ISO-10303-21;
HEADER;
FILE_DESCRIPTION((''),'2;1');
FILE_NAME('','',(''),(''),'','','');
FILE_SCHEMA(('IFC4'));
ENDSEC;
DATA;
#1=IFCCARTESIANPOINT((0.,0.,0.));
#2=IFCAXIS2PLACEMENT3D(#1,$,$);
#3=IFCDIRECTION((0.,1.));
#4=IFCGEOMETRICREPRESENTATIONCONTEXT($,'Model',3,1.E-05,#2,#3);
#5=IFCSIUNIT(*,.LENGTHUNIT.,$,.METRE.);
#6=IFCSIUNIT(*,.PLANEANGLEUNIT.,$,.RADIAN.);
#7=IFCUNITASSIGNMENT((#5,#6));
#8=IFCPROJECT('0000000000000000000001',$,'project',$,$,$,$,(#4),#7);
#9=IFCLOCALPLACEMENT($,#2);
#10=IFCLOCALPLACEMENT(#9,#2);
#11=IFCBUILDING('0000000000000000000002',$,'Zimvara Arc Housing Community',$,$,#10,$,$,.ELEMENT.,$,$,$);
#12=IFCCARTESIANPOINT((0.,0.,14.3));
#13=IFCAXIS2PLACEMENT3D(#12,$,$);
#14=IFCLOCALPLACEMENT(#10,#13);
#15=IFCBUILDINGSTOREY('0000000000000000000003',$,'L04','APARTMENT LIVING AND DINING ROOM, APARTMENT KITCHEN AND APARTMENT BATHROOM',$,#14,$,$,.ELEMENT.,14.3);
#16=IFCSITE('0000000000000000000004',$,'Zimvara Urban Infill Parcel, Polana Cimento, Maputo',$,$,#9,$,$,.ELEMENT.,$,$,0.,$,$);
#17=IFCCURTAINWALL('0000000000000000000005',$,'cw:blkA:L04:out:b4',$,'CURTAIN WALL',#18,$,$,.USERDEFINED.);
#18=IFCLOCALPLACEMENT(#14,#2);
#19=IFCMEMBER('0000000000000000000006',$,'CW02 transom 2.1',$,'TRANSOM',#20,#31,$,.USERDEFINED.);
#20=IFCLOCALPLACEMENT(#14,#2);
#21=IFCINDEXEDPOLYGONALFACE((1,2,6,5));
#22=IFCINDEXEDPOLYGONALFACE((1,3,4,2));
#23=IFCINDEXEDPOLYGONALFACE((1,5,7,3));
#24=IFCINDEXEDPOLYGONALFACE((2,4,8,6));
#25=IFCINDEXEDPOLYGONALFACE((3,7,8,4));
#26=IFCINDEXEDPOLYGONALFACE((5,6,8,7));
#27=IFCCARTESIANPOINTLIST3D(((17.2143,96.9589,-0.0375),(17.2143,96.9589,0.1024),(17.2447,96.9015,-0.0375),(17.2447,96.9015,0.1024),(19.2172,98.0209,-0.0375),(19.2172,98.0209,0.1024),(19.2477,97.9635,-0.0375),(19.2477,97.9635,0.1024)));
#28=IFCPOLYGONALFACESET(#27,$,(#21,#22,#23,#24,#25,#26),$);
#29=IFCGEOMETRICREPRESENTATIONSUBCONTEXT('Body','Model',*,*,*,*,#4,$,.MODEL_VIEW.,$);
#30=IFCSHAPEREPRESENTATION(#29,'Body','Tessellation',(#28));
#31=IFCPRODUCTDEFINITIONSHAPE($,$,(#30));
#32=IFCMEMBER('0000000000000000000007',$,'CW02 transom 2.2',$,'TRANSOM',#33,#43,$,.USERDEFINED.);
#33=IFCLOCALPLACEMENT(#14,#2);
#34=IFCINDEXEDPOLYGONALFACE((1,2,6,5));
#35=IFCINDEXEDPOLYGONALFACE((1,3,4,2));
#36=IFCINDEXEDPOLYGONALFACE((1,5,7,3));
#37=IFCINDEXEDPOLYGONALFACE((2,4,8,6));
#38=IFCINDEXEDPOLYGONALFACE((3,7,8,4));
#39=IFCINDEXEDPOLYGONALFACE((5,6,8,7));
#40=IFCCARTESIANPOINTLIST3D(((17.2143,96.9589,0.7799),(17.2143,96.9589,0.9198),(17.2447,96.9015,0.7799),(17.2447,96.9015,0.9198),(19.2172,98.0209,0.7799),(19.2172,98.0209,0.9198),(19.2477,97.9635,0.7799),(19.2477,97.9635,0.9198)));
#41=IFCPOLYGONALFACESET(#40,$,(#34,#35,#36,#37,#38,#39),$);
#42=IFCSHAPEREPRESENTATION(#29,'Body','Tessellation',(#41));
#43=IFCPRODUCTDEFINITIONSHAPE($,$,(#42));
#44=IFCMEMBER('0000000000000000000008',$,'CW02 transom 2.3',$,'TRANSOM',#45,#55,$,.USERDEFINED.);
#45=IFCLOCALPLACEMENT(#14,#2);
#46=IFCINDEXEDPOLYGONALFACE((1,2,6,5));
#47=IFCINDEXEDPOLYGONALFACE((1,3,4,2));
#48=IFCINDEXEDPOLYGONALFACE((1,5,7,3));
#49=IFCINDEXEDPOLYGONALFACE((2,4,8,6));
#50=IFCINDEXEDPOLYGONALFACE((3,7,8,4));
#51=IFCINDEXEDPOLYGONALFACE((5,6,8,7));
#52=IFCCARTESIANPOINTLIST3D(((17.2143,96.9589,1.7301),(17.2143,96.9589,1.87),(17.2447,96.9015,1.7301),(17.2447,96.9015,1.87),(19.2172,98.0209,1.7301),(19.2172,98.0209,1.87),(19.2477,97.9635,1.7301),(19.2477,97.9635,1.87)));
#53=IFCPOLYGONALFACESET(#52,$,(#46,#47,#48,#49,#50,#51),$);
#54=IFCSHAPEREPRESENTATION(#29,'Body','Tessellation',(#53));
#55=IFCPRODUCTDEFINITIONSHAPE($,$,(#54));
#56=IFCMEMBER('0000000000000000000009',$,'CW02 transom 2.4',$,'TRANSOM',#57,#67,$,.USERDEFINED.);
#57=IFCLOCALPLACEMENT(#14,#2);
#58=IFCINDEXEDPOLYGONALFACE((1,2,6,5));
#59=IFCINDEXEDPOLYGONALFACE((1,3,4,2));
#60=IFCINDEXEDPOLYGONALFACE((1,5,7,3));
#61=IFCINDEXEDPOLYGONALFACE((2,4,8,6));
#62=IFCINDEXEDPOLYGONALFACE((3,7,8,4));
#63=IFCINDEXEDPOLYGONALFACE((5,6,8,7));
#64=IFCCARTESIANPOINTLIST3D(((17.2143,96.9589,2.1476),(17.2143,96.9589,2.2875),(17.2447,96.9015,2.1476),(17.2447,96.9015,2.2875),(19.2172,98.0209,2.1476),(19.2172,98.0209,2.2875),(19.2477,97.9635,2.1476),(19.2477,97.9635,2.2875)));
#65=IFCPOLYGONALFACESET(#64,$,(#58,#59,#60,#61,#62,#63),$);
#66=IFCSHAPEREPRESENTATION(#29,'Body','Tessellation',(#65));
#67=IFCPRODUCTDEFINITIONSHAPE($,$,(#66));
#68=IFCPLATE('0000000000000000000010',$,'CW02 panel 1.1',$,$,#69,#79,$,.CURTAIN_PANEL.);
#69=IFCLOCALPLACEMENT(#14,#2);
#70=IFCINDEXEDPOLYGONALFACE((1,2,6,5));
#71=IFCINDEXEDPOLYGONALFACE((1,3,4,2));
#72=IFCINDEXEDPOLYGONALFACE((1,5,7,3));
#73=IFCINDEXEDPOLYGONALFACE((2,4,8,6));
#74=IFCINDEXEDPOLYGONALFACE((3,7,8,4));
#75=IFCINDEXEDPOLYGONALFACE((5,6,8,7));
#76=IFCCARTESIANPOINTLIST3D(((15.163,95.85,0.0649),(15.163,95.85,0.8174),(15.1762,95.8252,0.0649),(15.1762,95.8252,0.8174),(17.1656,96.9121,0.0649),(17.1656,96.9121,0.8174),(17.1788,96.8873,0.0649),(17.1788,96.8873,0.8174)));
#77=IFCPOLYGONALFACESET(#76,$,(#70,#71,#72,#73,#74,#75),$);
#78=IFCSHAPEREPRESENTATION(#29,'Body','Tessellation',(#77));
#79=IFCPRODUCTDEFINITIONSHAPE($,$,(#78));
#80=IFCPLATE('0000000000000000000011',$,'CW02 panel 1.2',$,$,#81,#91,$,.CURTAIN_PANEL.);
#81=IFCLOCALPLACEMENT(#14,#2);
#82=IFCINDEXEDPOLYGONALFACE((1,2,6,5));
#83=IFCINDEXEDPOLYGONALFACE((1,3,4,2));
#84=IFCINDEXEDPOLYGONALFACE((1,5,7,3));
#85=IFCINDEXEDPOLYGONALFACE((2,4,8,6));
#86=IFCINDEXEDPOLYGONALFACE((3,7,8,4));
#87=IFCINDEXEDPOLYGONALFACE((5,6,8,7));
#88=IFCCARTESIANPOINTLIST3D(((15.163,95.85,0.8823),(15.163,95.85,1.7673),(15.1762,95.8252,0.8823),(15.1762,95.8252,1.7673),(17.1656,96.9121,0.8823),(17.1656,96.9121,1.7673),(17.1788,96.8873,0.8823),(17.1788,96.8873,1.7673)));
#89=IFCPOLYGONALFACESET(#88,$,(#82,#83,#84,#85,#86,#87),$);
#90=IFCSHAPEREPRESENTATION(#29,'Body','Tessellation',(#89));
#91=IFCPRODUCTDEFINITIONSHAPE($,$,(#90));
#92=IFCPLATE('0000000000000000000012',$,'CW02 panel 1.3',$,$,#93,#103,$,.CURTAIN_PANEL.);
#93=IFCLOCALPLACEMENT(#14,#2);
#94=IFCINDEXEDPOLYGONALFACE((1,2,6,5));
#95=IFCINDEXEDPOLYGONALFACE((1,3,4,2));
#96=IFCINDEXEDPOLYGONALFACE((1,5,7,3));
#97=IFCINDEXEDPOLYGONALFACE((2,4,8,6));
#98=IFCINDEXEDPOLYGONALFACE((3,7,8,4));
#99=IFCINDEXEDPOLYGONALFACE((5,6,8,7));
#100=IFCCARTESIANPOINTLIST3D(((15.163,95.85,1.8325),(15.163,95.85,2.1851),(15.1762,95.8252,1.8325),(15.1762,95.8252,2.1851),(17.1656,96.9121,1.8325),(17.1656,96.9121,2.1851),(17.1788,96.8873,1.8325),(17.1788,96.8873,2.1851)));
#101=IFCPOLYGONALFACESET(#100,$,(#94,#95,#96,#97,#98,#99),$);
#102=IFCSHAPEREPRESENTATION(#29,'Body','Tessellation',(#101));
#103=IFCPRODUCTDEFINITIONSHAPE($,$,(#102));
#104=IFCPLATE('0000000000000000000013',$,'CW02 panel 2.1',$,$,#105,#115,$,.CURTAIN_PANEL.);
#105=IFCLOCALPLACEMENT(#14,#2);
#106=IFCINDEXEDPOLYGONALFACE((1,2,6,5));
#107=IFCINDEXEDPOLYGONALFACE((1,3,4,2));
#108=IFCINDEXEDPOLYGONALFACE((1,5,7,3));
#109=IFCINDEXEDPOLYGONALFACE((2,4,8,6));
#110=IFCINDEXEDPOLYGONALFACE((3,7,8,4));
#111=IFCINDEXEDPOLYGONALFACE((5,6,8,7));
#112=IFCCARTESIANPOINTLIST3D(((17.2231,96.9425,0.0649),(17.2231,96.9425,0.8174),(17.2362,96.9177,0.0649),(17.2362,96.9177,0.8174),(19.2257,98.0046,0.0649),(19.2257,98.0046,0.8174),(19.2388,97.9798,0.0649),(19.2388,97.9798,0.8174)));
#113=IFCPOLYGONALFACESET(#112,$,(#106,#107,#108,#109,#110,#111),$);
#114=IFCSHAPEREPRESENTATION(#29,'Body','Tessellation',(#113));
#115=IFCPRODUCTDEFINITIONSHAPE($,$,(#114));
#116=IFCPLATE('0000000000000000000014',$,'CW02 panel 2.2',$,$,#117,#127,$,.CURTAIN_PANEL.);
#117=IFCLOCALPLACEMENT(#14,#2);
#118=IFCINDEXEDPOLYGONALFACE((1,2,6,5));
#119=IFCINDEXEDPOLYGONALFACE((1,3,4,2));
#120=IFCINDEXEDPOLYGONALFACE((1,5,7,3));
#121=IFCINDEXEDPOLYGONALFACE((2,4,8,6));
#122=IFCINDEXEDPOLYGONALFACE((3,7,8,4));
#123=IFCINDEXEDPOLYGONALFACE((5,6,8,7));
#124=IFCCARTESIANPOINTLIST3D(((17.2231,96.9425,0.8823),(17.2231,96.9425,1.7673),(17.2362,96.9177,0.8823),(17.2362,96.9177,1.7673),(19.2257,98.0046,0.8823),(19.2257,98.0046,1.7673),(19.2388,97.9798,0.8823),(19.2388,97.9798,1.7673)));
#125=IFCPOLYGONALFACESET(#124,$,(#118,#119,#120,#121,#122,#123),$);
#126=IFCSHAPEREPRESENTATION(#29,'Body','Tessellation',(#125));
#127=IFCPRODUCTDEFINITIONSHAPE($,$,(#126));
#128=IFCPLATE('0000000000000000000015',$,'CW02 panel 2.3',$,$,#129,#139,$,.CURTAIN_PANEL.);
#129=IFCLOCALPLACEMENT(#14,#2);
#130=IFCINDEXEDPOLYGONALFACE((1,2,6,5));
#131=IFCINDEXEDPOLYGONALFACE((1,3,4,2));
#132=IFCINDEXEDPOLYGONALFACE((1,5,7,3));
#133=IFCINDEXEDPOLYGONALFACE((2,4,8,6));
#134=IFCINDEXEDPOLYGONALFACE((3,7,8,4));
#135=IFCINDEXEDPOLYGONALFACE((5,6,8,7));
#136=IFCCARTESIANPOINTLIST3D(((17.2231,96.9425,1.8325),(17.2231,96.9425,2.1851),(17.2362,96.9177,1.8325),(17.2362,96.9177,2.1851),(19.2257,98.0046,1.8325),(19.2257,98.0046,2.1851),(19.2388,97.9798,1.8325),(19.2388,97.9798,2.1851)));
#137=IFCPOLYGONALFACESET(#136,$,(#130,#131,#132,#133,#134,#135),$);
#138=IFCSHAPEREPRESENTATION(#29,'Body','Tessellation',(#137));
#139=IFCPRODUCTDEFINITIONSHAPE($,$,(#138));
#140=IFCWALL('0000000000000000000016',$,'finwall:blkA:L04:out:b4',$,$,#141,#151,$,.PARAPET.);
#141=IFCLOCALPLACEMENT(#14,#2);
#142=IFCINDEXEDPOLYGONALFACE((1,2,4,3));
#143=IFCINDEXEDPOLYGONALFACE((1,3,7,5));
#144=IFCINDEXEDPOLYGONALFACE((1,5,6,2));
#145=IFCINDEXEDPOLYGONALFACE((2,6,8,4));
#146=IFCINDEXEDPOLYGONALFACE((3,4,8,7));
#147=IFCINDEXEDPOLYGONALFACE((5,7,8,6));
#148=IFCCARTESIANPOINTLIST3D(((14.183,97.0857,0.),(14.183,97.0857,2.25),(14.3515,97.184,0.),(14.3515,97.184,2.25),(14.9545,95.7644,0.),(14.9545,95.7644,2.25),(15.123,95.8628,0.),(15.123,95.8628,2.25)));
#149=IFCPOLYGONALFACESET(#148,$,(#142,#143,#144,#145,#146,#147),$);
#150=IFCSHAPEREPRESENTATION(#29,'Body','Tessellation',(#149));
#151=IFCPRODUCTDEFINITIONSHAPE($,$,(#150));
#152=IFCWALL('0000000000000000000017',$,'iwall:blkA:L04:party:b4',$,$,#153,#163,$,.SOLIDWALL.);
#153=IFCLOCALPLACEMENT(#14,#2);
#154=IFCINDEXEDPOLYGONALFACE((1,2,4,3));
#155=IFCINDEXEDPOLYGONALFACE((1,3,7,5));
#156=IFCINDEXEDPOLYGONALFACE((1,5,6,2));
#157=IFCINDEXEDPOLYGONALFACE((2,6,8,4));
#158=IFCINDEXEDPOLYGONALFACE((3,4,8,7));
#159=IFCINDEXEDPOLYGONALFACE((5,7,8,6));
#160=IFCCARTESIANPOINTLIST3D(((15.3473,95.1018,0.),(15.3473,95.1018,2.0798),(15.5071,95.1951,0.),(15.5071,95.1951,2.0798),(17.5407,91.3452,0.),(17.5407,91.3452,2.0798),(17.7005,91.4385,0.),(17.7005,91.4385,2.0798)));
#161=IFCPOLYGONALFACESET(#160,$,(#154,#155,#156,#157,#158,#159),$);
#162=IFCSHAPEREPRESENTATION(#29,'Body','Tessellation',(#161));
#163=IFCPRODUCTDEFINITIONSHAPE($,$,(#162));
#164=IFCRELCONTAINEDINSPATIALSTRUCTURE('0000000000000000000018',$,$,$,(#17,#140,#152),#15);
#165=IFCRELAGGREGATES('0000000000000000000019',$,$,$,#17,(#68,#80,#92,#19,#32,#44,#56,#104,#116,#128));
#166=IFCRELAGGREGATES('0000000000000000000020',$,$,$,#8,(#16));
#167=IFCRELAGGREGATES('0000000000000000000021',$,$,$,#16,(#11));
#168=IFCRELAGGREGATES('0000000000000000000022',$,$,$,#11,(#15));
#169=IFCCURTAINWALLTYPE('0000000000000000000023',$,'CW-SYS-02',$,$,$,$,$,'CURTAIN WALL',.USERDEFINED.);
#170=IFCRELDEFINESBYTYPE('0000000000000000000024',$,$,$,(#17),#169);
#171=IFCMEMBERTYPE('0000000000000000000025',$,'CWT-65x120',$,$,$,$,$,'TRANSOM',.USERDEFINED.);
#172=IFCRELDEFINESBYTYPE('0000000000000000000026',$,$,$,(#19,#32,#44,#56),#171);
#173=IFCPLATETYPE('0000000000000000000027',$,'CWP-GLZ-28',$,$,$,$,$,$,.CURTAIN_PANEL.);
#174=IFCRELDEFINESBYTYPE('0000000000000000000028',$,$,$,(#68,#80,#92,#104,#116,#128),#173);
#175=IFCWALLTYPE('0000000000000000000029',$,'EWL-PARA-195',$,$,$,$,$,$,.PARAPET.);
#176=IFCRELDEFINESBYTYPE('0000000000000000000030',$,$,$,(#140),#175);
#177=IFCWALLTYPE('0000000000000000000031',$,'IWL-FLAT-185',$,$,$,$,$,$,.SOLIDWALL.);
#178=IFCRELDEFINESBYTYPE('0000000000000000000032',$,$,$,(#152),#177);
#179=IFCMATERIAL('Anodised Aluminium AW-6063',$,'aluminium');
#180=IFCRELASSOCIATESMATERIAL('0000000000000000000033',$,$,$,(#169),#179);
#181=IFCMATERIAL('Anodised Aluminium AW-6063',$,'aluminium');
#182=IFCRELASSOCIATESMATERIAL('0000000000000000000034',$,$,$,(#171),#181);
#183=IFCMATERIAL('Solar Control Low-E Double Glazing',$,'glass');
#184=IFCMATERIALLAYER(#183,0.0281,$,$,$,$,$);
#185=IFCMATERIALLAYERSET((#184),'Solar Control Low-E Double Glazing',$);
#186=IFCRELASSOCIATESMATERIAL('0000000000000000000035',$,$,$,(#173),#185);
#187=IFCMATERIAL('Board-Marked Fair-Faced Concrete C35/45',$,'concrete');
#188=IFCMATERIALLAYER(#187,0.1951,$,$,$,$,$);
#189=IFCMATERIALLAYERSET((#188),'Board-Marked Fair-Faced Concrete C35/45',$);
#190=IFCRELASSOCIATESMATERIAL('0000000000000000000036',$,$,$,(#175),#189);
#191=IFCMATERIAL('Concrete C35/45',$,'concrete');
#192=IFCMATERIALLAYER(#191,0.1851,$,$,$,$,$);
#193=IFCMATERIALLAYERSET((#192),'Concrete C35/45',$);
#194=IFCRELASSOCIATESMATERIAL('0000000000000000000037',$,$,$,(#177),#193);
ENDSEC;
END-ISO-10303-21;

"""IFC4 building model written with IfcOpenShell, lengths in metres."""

from ifc_helpers import new_model, si_unit, direction, frame, frame_2d, origin, origin_2d, place, context, subcontext, project, spatial, rectangle, extrude, material, layer, layer_set, material_profile, profile_set, type_object, element, aggregate, save


model = new_model("IFC4")

# Units and contexts
model_context = context("Model", 3, precision=1e-05, world=origin(), true_north=direction((0.0, 1.0)))
body_context = subcontext(model_context, "Body", "Model", "MODEL_VIEW")
ifc_project = project(units=[si_unit("LENGTHUNIT", "METRE"), si_unit("PLANEANGLEUNIT", "RADIAN")], contexts=[model_context])

# Site, building, storey
site_placement = place(None, origin())
site = spatial("IfcSite", under=ifc_project, at=site_placement, Name="Zimvara Urban Infill Parcel, Polana Cimento, Maputo", CompositionType="ELEMENT", RefElevation=0.0)
building_placement = place(site_placement, origin())
building = spatial("IfcBuilding", under=site, at=building_placement, Name="Zimvara Arc Housing Community", CompositionType="ELEMENT")
storey_placement = place(building_placement, frame((0.0, 0.0, 14.3)))
storey = spatial("IfcBuildingStorey", under=building, at=storey_placement, Name="L04", Description="APARTMENT LIVING AND DINING ROOM, APARTMENT KITCHEN AND APARTMENT BATHROOM", CompositionType="ELEMENT", Elevation=14.3)

# Curtain wall, members, plates
ifc_material_1 = material(Name="Anodised Aluminium AW-6063", Category="aluminium")
curtain_wall_type = type_object("IfcCurtainWallType", Name="CW-SYS-02", ElementType="CURTAIN WALL", PredefinedType="USERDEFINED", material=ifc_material_1)
curtain_wall_placement = place(storey_placement, origin())
curtain_wall = element("IfcCurtainWall", 1, at=curtain_wall_placement, inside=storey, type_object=curtain_wall_type, Name="cw:blkA:L04:out:b4", ObjectType="CURTAIN WALL", PredefinedType="USERDEFINED")
ifc_material_2 = material(Name="Anodised Aluminium AW-6063", Category="aluminium")
ifc_material_profile_1 = material_profile(ifc_material_2, rectangle(XDim=0.0649, YDim=0.1399, at=origin_2d()), Name="ALU 65x140")
ifc_profile_set_1 = profile_set([ifc_material_profile_1], Name="Anodised Aluminium AW-6063")
member_type_1 = type_object("IfcMemberType", Name="CWT-65x120", ElementType="TRANSOM", PredefinedType="USERDEFINED", material=ifc_profile_set_1)
member_1_placement = place(storey_placement, frame((17.2295, 96.9302, 0.0325), z_axis=(0.883489, 0.468452, 0.0), x_axis=(-0.468452, 0.883489, 0.0)))
member_1 = element("IfcMember", 2, at=member_1_placement, type_object=member_type_1, Name="CW02 transom 2.1", ObjectType="TRANSOM", PredefinedType="USERDEFINED", context=body_context, shape_type="SweptSolid", body=[
    extrude(rectangle(XDim=0.0649, YDim=0.1399, at=origin_2d()), origin(), (0.0, 0.0, 1.0), 2.2671),
])
member_2_placement = place(storey_placement, frame((17.2295, 96.9302, 0.8499), z_axis=(0.883489, 0.468452, 0.0), x_axis=(-0.468452, 0.883489, 0.0)))
member_2 = element("IfcMember", 3, at=member_2_placement, type_object=member_type_1, Name="CW02 transom 2.2", ObjectType="TRANSOM", PredefinedType="USERDEFINED", context=body_context, shape_type="SweptSolid", body=[
    extrude(rectangle(XDim=0.0649, YDim=0.1399, at=origin_2d()), origin(), (0.0, 0.0, 1.0), 2.2671),
])
member_3_placement = place(storey_placement, frame((17.2295, 96.9302, 1.8), z_axis=(0.883489, 0.468452, 0.0), x_axis=(-0.468452, 0.883489, 0.0)))
member_3 = element("IfcMember", 4, at=member_3_placement, type_object=member_type_1, Name="CW02 transom 2.3", ObjectType="TRANSOM", PredefinedType="USERDEFINED", context=body_context, shape_type="SweptSolid", body=[
    extrude(rectangle(XDim=0.0649, YDim=0.1399, at=origin_2d()), origin(), (0.0, 0.0, 1.0), 2.2671),
])
member_4_placement = place(storey_placement, frame((17.2295, 96.9302, 2.2175), z_axis=(0.883489, 0.468452, 0.0), x_axis=(-0.468452, 0.883489, 0.0)))
member_4 = element("IfcMember", 5, at=member_4_placement, type_object=member_type_1, Name="CW02 transom 2.4", ObjectType="TRANSOM", PredefinedType="USERDEFINED", context=body_context, shape_type="SweptSolid", body=[
    extrude(rectangle(XDim=0.0649, YDim=0.1399, at=origin_2d()), origin(), (0.0, 0.0, 1.0), 2.2671),
])
ifc_material_3 = material(Name="Solar Control Low-E Double Glazing", Category="glass")
ifc_layer_1 = layer(ifc_material_3, 0.0281)
ifc_layer_set_1 = layer_set([ifc_layer_1], Name="Solar Control Low-E Double Glazing")
plate_type = type_object("IfcPlateType", Name="CWP-GLZ-28", PredefinedType="CURTAIN_PANEL", material=ifc_layer_set_1)
plate_1_placement = place(storey_placement, frame((16.1709, 96.3687, 0.0649), z_axis=(0.0, 0.0, 1.0), x_axis=(0.883439, 0.468547, 0.0)))
plate_1 = element("IfcPlate", 6, at=plate_1_placement, type_object=plate_type, Name="CW02 panel 1.1", PredefinedType="CURTAIN_PANEL", context=body_context, shape_type="SweptSolid", body=[
    extrude(rectangle(XDim=2.2668, YDim=0.0281, at=origin_2d()), origin(), (0.0, 0.0, 1.0), 0.7524),
])
plate_2_placement = place(storey_placement, frame((16.1709, 96.3687, 0.8823), z_axis=(0.0, 0.0, 1.0), x_axis=(0.883439, 0.468547, 0.0)))
plate_2 = element("IfcPlate", 7, at=plate_2_placement, type_object=plate_type, Name="CW02 panel 1.2", PredefinedType="CURTAIN_PANEL", context=body_context, shape_type="SweptSolid", body=[
    extrude(rectangle(XDim=2.2668, YDim=0.0281, at=origin_2d()), origin(), (0.0, 0.0, 1.0), 0.885),
])
plate_3_placement = place(storey_placement, frame((16.1709, 96.3687, 1.8325), z_axis=(0.0, 0.0, 1.0), x_axis=(0.883439, 0.468547, 0.0)))
plate_3 = element("IfcPlate", 8, at=plate_3_placement, type_object=plate_type, Name="CW02 panel 1.3", PredefinedType="CURTAIN_PANEL", context=body_context, shape_type="SweptSolid", body=[
    extrude(rectangle(XDim=2.2668, YDim=0.0281, at=origin_2d()), origin(), (0.0, 0.0, 1.0), 0.3525),
])
plate_4_placement = place(storey_placement, frame((18.231, 97.4612, 0.0649), z_axis=(0.0, 0.0, 1.0), x_axis=(0.883439, 0.468547, 0.0)))
plate_4 = element("IfcPlate", 9, at=plate_4_placement, type_object=plate_type, Name="CW02 panel 2.1", PredefinedType="CURTAIN_PANEL", context=body_context, shape_type="SweptSolid", body=[
    extrude(rectangle(XDim=2.2668, YDim=0.0281, at=origin_2d()), origin(), (0.0, 0.0, 1.0), 0.7524),
])
plate_5_placement = place(storey_placement, frame((18.231, 97.4612, 0.8823), z_axis=(0.0, 0.0, 1.0), x_axis=(0.883439, 0.468547, 0.0)))
plate_5 = element("IfcPlate", 10, at=plate_5_placement, type_object=plate_type, Name="CW02 panel 2.2", PredefinedType="CURTAIN_PANEL", context=body_context, shape_type="SweptSolid", body=[
    extrude(rectangle(XDim=2.2668, YDim=0.0281, at=origin_2d()), origin(), (0.0, 0.0, 1.0), 0.885),
])
plate_6_placement = place(storey_placement, frame((18.231, 97.4612, 1.8325), z_axis=(0.0, 0.0, 1.0), x_axis=(0.883439, 0.468547, 0.0)))
plate_6 = element("IfcPlate", 11, at=plate_6_placement, type_object=plate_type, Name="CW02 panel 2.3", PredefinedType="CURTAIN_PANEL", context=body_context, shape_type="SweptSolid", body=[
    extrude(rectangle(XDim=2.2668, YDim=0.0281, at=origin_2d()), origin(), (0.0, 0.0, 1.0), 0.3525),
])
aggregate(curtain_wall, [plate_1, plate_2, plate_3, member_1, member_2, member_3, member_4, plate_4, plate_5, plate_6])

# Walls
ifc_material_4 = material(Name="Board-Marked Fair-Faced Concrete C35/45", Category="concrete")
ifc_layer_2 = layer(ifc_material_4, 0.1951)
ifc_layer_set_2 = layer_set([ifc_layer_2], Name="Board-Marked Fair-Faced Concrete C35/45")
wall_type_1 = type_object("IfcWallType", Name="EWL-PARA-195", PredefinedType="PARAPET", material=ifc_layer_set_2)
wall_1_placement = place(storey_placement, frame((15.0388, 95.8135, 0.0), z_axis=(0.0, 0.0, 1.0), x_axis=(-0.504228, 0.86357, 0.0)))
element("IfcWall", 12, at=wall_1_placement, inside=storey, type_object=wall_type_1, Name="finwall:blkA:L04:out:b4", PredefinedType="PARAPET", context=body_context, shape_type="SweptSolid", body=[
    extrude(rectangle(XDim=1.53, YDim=0.1951, at=frame_2d((0.7651, 0.0))), origin(), (0.0, 0.0, 1.0), 2.25),
])
ifc_material_5 = material(Name="Concrete C35/45", Category="concrete")
ifc_layer_3 = layer(ifc_material_5, 0.1851)
ifc_layer_set_3 = layer_set([ifc_layer_3], Name="Concrete C35/45")
wall_type_2 = type_object("IfcWallType", Name="IWL-FLAT-185", PredefinedType="SOLIDWALL", material=ifc_layer_set_3)
wall_2_placement = place(storey_placement, frame((17.6206, 91.3918, 0.0), z_axis=(0.0, 0.0, 1.0), x_axis=(-0.504216, 0.863577, 0.0)))
element("IfcWall", 13, at=wall_2_placement, inside=storey, type_object=wall_type_2, Name="iwall:blkA:L04:party:b4", PredefinedType="SOLIDWALL", context=body_context, shape_type="SweptSolid", body=[
    extrude(rectangle(XDim=4.3501, YDim=0.1851, at=frame_2d((2.175, 0.0))), origin(), (0.0, 0.0, 1.0), 2.0798),
])

save(model, "model.ifc")
